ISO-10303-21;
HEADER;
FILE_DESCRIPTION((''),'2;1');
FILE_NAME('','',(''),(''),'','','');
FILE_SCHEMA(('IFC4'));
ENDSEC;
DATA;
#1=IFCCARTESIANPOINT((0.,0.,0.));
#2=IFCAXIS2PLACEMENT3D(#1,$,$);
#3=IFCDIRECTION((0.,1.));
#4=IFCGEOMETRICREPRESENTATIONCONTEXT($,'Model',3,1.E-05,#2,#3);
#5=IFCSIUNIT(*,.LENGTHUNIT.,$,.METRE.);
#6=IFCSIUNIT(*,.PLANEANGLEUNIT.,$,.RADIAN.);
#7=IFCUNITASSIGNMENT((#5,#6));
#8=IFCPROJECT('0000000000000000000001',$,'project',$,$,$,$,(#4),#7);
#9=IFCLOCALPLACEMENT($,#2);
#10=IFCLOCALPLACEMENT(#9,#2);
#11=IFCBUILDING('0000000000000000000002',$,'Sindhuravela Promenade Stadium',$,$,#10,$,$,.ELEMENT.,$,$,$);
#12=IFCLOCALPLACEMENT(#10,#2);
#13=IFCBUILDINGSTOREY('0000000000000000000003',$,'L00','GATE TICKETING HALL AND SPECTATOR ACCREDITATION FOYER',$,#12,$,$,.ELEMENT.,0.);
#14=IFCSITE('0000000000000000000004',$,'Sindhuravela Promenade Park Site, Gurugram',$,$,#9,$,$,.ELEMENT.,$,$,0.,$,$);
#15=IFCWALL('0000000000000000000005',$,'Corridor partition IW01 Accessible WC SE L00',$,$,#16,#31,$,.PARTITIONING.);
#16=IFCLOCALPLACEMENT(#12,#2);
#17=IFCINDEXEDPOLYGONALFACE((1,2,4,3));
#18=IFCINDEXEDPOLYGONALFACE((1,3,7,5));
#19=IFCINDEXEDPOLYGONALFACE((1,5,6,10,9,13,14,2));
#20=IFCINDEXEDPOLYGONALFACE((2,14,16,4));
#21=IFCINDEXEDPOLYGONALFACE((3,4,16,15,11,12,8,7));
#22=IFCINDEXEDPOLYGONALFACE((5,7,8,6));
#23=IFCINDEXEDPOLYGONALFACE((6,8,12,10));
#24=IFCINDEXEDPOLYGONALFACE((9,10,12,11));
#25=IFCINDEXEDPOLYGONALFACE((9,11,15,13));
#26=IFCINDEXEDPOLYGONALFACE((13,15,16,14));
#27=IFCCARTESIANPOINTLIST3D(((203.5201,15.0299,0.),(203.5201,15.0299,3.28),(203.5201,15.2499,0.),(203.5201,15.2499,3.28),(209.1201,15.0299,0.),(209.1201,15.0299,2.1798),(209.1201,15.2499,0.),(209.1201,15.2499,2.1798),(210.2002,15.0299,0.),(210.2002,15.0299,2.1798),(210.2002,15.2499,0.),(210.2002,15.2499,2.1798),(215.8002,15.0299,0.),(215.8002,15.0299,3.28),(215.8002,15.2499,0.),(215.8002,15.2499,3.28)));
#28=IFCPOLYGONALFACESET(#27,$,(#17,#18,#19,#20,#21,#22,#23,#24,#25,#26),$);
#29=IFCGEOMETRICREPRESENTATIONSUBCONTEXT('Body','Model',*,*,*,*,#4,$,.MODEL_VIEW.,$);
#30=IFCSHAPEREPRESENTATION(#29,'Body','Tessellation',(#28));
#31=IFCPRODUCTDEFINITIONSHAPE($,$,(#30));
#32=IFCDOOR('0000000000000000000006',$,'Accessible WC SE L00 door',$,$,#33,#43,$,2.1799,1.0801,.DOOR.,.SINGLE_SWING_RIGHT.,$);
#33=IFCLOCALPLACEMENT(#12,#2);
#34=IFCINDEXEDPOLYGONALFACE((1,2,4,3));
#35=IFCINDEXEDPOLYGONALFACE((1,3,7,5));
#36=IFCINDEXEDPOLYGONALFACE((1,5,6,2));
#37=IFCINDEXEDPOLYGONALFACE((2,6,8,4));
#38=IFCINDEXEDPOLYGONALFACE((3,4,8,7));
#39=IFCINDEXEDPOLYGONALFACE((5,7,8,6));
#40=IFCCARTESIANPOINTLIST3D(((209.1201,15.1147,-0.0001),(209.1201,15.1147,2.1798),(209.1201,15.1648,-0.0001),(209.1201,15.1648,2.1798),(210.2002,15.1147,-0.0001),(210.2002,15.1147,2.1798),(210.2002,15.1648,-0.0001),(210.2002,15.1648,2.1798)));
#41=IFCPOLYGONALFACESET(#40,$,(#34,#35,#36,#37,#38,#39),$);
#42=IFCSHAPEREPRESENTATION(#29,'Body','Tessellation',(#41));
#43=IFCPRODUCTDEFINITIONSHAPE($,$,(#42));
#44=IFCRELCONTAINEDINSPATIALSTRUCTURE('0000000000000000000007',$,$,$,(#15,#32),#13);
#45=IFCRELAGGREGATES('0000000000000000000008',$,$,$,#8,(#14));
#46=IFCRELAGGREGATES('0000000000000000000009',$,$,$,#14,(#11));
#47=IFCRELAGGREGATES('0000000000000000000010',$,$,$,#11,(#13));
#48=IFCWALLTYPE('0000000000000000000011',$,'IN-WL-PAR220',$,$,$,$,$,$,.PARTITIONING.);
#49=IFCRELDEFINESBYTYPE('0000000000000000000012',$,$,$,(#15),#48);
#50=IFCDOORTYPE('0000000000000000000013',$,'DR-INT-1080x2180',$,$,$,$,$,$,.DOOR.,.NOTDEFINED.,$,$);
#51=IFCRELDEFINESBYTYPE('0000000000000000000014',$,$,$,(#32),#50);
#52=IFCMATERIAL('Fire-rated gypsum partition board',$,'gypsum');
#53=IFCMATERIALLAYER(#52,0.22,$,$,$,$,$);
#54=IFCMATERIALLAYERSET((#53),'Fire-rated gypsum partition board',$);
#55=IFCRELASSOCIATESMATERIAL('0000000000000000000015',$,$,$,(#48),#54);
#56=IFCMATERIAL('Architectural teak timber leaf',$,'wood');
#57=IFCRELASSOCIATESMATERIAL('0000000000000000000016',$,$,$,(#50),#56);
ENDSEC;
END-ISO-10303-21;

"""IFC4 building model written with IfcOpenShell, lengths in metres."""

from ifc_helpers import new_model, si_unit, direction, frame, frame_2d, origin, place, context, subcontext, project, spatial, rectangle, extrude, material, layer, layer_set, type_object, element, fill, save


model = new_model("IFC4")

# Units and contexts
model_context = context("Model", 3, precision=1e-05, world=origin(), true_north=direction((0.0, 1.0)))
body_context = subcontext(model_context, "Body", "Model", "MODEL_VIEW")
ifc_project = project(units=[si_unit("LENGTHUNIT", "METRE"), si_unit("PLANEANGLEUNIT", "RADIAN")], contexts=[model_context])

# Site, building, storey
site_placement = place(None, origin())
site = spatial("IfcSite", under=ifc_project, at=site_placement, Name="Sindhuravela Promenade Park Site, Gurugram", CompositionType="ELEMENT", RefElevation=0.0)
building_placement = place(site_placement, origin())
building = spatial("IfcBuilding", under=site, at=building_placement, Name="Sindhuravela Promenade Stadium", CompositionType="ELEMENT")
storey_placement = place(building_placement, origin())
storey = spatial("IfcBuildingStorey", under=building, at=storey_placement, Name="L00", Description="GATE TICKETING HALL AND SPECTATOR ACCREDITATION FOYER", CompositionType="ELEMENT", Elevation=0.0)

# Shared definitions
ifc_material_1 = material(Name="Fire-rated gypsum partition board", Category="gypsum")

# Shared definitions
ifc_material_2 = material(Name="Architectural teak timber leaf", Category="wood")

# Wall, opening, door
ifc_layer_1 = layer(ifc_material_1, 0.22)
ifc_layer_set_1 = layer_set([ifc_layer_1], Name="Fire-rated gypsum partition board")
wall_type_1 = type_object("IfcWallType", Name="IN-WL-PAR220", PredefinedType="PARTITIONING", material=ifc_layer_set_1)
wall_1_placement = place(storey_placement, frame((203.52, 15.1399, 0.0), z_axis=(0.0, 0.0, 1.0), x_axis=(1.0, 0.0, 0.0)))
wall_1 = element("IfcWall", 1, at=wall_1_placement, inside=storey, type_object=wall_type_1, Name="Corridor partition IW01 Accessible WC SE L00", PredefinedType="PARTITIONING", context=body_context, shape_type="SweptSolid", body=[
    extrude(rectangle(XDim=12.28, YDim=0.22, at=frame_2d((6.1401, 0.0))), origin(), (0.0, 0.0, 1.0), 3.28),
])
opening_1_placement = place(wall_1_placement, frame((5.6001, 0.0, 0.0)))
opening_1 = element("IfcOpeningElement", 2, at=opening_1_placement, cuts=wall_1, PredefinedType="OPENING", context=body_context, shape_type="SweptSolid", body=[
    extrude(rectangle(XDim=1.0801, YDim=2.1799, at=frame_2d((0.54, 1.0898))), frame((0.0, 0.1199, 0.0), z_axis=(0.0, -1.0, 0.0), x_axis=(1.0, 0.0, 0.0)), (0.0, 0.0, 1.0), 0.24),
])
door_type_1 = type_object("IfcDoorType", Name="DR-INT-1080x2180", OperationType="NOTDEFINED", PredefinedType="DOOR", material=ifc_material_2)
door_1_placement = place(opening_1_placement, origin())
door_1 = element("IfcDoor", 3, at=door_1_placement, inside=storey, type_object=door_type_1, Name="Accessible WC SE L00 door", OperationType="SINGLE_SWING_RIGHT", OverallHeight=2.1799, OverallWidth=1.0801, PredefinedType="DOOR", context=body_context, shape_type="SweptSolid", body=[
    extrude(rectangle(XDim=1.0801, YDim=2.1799, at=frame_2d((0.54, 1.0898))), frame((0.0, 0.0249, 0.0), z_axis=(0.0, -1.0, 0.0), x_axis=(1.0, 0.0, 0.0)), (0.0, 0.0, 1.0), 0.05),
])
fill(opening_1, door_1)

save(model, "model.ifc")
